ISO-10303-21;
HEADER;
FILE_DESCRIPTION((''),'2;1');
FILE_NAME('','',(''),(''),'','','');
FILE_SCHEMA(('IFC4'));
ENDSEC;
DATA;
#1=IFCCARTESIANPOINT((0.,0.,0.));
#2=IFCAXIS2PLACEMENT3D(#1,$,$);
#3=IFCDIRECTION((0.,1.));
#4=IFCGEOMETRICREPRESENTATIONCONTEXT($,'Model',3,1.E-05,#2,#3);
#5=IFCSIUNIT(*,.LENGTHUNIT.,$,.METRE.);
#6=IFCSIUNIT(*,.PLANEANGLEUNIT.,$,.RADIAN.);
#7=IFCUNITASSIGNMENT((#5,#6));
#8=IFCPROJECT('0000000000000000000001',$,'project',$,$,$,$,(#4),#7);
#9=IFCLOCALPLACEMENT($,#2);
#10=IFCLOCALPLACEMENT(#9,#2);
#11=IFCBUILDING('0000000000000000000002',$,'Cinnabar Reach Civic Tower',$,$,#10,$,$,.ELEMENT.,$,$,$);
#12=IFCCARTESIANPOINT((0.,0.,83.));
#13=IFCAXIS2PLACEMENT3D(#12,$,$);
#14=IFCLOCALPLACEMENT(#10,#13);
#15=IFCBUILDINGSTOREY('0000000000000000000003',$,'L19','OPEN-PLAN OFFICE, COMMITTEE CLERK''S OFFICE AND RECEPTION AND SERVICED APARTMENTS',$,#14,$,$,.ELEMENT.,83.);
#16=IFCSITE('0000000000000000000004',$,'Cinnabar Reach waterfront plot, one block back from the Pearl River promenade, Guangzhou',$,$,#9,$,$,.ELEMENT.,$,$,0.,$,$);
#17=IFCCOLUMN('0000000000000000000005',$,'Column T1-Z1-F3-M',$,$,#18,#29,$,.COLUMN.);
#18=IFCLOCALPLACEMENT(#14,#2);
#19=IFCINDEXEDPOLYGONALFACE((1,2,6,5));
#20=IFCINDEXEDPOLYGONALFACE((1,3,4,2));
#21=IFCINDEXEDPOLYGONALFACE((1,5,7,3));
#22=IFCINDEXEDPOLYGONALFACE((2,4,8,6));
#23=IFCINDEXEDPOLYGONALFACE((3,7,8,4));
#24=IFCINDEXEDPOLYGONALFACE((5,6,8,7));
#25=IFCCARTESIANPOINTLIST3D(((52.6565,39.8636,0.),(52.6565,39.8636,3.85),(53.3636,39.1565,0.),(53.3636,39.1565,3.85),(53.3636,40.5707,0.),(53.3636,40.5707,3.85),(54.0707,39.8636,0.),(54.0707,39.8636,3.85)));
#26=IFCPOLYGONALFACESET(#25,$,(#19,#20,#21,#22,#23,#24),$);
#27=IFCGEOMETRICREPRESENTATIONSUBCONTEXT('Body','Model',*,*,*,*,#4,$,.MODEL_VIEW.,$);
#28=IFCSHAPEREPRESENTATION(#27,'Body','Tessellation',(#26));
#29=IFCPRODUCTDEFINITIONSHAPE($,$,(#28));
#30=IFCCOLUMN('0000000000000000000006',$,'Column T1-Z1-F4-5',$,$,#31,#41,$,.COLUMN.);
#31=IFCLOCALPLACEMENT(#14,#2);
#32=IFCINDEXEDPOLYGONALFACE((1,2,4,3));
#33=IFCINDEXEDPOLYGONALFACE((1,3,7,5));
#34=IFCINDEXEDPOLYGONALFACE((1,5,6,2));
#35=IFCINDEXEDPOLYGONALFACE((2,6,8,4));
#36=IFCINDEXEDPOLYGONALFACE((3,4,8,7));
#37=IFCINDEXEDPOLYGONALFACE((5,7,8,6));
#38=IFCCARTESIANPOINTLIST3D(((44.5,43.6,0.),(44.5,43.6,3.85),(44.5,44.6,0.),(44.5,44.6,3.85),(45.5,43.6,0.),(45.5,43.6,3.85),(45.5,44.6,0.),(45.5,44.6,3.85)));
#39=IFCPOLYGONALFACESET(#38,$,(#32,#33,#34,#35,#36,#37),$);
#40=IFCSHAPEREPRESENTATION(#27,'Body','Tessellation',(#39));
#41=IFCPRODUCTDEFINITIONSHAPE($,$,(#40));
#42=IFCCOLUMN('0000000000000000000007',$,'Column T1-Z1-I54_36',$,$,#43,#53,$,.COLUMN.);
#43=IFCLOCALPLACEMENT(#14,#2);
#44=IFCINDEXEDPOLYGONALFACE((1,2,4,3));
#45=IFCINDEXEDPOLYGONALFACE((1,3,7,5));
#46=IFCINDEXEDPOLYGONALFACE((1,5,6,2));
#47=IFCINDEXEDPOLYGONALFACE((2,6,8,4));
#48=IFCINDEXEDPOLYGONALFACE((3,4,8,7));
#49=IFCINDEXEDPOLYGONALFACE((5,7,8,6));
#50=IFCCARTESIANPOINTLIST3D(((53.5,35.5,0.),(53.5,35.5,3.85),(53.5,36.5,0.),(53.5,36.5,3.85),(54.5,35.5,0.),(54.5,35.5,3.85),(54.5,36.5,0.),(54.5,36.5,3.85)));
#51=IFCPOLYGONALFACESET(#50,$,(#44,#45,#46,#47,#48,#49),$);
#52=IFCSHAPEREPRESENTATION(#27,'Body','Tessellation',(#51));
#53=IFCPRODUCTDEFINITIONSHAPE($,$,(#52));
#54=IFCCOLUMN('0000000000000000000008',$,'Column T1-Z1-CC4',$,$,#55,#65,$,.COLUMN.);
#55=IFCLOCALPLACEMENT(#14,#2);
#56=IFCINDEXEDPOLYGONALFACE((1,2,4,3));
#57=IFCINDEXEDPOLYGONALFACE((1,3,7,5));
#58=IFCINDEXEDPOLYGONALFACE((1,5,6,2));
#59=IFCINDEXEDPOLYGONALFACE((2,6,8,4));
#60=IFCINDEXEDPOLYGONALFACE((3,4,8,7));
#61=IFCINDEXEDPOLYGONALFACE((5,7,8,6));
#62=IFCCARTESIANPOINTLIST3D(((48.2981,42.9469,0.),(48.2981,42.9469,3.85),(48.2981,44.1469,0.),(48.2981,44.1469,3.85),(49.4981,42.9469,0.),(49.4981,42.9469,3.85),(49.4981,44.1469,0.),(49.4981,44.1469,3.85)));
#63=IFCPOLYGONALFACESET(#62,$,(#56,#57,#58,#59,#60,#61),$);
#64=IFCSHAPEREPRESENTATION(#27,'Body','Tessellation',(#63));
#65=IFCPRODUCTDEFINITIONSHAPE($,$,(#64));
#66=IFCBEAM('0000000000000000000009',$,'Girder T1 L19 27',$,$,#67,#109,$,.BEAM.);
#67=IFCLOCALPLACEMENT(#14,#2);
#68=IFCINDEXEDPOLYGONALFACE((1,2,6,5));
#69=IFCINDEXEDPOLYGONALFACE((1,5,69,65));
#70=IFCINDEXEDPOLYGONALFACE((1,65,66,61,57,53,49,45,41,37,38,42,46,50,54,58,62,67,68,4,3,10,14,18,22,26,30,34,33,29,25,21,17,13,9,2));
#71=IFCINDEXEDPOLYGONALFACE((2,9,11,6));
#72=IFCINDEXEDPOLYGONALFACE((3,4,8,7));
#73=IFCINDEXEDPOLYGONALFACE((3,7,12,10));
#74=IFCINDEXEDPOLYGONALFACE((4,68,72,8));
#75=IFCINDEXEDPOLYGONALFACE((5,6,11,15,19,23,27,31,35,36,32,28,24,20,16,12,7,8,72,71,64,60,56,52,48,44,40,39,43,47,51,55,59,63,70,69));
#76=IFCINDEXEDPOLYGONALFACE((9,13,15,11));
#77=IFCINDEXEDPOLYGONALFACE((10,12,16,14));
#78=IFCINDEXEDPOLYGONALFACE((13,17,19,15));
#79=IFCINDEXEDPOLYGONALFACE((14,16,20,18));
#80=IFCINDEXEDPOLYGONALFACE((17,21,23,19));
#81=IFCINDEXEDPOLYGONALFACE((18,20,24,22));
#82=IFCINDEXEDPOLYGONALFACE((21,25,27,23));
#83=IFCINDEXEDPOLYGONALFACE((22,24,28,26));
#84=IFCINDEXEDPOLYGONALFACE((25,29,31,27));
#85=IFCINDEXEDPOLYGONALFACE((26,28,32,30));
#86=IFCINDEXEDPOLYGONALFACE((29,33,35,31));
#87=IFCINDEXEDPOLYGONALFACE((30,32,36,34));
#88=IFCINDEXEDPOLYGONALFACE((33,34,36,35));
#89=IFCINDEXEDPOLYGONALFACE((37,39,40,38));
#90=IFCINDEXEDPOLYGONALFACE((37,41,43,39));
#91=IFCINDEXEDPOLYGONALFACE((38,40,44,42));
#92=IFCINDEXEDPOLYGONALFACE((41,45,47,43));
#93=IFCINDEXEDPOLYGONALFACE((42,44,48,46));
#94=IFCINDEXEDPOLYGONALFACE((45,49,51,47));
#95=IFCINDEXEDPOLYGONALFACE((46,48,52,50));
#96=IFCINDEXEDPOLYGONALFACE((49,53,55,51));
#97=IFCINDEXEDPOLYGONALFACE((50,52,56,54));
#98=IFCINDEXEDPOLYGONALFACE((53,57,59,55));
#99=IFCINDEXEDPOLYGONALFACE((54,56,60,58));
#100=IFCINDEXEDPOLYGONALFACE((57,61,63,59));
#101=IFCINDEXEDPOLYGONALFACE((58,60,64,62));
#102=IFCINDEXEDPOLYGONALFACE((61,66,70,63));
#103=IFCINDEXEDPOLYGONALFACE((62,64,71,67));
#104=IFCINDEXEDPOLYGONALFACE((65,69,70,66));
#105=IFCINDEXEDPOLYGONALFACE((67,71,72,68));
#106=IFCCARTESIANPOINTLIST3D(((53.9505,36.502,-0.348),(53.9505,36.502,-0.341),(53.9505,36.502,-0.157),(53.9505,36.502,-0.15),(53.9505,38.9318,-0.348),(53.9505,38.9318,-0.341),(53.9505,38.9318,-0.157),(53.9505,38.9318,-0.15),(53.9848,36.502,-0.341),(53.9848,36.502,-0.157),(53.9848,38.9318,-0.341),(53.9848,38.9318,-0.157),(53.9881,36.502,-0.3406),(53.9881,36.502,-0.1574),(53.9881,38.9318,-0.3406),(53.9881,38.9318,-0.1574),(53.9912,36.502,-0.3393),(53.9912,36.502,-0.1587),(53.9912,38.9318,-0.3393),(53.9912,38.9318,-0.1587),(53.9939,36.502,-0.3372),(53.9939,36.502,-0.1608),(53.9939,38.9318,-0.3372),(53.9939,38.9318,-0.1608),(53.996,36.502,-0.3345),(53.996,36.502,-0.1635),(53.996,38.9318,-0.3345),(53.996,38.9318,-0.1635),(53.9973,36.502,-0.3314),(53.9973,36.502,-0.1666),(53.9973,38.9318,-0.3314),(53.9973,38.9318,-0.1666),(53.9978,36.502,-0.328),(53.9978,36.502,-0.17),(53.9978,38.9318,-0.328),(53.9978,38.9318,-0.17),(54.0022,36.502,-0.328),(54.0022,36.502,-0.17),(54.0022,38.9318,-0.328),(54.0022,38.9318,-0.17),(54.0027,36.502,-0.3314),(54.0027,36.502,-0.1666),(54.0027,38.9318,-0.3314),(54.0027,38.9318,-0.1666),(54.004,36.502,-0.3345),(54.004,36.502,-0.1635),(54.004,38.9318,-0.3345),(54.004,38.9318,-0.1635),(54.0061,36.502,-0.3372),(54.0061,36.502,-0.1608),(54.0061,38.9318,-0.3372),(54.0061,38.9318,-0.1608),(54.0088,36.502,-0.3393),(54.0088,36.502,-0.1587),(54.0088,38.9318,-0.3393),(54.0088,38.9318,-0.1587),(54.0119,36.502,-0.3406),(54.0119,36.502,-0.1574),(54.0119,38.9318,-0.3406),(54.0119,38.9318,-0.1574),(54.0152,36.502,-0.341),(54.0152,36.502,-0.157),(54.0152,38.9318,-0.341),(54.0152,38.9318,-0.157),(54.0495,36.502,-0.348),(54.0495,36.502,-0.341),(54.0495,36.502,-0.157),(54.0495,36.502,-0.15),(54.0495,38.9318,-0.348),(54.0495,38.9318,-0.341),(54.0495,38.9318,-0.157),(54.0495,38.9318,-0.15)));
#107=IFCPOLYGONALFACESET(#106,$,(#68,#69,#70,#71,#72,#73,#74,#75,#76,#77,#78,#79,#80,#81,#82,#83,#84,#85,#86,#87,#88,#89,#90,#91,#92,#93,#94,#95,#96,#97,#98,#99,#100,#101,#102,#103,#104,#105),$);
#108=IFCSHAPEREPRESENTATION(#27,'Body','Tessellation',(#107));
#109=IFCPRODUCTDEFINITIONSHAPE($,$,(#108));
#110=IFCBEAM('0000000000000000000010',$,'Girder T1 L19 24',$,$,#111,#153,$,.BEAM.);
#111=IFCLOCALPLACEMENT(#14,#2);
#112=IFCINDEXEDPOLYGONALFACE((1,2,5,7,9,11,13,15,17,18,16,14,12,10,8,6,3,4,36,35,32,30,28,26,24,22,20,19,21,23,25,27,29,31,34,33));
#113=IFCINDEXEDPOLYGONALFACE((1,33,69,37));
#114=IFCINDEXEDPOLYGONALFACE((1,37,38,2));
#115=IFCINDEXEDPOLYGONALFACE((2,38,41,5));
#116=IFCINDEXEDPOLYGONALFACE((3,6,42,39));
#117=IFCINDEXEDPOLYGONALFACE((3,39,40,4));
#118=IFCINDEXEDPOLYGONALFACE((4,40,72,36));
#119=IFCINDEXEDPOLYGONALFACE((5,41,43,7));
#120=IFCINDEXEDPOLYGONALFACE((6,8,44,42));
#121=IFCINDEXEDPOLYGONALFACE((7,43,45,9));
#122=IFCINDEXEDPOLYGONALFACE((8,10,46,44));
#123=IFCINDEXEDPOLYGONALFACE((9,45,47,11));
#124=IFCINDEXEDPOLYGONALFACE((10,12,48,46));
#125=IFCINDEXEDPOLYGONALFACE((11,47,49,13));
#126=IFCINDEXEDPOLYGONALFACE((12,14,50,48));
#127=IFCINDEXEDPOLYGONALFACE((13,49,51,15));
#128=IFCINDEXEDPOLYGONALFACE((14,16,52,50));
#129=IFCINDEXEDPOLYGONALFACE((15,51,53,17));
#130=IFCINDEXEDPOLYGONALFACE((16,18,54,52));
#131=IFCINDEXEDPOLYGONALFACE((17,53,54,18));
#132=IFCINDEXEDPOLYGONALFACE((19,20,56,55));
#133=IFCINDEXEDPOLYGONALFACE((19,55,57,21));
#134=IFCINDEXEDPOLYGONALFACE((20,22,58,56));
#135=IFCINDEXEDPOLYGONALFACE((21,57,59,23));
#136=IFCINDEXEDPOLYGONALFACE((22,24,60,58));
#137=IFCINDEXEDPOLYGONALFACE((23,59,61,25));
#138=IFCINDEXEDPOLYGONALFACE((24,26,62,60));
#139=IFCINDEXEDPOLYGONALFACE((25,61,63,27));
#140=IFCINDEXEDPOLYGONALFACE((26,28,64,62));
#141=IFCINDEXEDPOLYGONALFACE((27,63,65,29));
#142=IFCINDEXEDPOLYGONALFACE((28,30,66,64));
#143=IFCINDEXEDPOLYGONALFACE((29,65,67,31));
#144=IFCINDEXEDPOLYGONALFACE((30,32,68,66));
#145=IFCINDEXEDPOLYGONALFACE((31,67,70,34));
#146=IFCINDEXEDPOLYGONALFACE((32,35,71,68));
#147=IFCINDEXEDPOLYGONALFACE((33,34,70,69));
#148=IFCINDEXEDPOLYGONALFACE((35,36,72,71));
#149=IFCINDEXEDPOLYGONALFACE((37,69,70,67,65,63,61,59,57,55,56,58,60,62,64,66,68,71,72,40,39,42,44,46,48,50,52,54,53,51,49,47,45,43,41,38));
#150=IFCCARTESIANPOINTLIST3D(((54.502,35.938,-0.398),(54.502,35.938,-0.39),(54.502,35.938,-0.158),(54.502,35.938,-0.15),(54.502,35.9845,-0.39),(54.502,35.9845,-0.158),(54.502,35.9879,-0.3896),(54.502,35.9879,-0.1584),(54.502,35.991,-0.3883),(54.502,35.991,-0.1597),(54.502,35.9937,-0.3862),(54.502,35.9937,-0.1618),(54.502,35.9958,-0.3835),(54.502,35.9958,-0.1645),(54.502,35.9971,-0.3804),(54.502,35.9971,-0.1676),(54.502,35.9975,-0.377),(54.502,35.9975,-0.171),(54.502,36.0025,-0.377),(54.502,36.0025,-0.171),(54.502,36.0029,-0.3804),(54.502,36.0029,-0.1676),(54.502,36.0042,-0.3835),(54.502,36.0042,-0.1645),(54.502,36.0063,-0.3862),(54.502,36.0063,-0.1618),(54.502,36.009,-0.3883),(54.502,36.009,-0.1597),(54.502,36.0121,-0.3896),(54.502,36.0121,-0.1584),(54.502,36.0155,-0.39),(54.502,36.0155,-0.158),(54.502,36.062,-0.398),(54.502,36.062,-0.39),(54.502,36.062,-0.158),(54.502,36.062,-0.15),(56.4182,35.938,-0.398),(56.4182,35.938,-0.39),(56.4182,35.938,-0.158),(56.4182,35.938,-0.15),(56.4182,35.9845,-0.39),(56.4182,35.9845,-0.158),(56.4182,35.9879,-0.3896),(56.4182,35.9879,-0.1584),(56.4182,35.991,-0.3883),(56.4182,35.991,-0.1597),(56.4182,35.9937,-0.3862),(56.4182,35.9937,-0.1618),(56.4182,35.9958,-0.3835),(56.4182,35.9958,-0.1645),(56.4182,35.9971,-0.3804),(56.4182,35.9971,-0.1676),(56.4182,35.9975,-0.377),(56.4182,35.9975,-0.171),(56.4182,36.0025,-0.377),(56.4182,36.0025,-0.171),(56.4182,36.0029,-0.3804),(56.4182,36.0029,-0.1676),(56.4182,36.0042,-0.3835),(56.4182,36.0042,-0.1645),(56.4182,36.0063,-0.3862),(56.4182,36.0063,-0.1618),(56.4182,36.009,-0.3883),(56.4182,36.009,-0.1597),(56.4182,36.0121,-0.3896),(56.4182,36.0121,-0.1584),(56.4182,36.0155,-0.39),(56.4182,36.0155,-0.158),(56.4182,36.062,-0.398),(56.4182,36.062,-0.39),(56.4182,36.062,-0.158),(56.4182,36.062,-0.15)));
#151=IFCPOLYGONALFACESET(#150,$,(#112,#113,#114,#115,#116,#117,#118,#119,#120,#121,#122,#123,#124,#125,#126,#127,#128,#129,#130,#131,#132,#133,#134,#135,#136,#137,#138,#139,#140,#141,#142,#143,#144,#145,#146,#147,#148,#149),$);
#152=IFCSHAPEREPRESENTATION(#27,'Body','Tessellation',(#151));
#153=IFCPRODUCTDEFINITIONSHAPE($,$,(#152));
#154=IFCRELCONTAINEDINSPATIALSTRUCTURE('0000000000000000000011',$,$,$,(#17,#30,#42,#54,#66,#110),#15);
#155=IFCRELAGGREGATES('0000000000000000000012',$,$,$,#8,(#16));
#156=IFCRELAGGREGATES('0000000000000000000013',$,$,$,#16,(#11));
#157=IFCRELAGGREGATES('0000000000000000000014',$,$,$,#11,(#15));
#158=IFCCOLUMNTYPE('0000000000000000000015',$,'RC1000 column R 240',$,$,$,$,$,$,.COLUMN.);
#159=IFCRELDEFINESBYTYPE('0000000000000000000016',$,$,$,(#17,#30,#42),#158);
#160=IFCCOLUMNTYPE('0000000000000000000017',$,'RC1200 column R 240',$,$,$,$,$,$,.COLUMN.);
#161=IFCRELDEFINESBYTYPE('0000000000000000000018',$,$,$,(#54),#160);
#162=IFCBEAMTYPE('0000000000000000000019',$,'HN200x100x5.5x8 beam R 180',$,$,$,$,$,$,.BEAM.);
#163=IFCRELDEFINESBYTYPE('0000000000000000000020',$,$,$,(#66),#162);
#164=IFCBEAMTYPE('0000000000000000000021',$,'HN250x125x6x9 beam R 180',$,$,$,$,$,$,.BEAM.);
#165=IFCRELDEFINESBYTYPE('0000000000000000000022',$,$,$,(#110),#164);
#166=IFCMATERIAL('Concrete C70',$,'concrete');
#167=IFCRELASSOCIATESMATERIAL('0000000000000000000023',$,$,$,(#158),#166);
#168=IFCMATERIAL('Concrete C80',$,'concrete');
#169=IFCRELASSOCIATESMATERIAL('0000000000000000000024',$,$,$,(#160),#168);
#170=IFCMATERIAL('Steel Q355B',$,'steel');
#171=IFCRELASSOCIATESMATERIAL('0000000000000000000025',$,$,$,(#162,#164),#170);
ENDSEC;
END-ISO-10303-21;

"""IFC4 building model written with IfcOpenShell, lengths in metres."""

from ifc_helpers import new_model, si_unit, direction, frame, origin, origin_2d, place, context, subcontext, project, spatial, rectangle, i_section, extrude, material, material_profile, profile_set, type_object, element, save


model = new_model("IFC4")

# Units and contexts
model_context = context("Model", 3, precision=1e-05, world=origin(), true_north=direction((0.0, 1.0)))
body_context = subcontext(model_context, "Body", "Model", "MODEL_VIEW")
ifc_project = project(units=[si_unit("LENGTHUNIT", "METRE"), si_unit("PLANEANGLEUNIT", "RADIAN")], contexts=[model_context])

# Site, building, storey
site_placement = place(None, origin())
site = spatial("IfcSite", under=ifc_project, at=site_placement, Name="Cinnabar Reach waterfront plot, one block back from the Pearl River promenade, Guangzhou", CompositionType="ELEMENT", RefElevation=0.0)
building_placement = place(site_placement, origin())
building = spatial("IfcBuilding", under=site, at=building_placement, Name="Cinnabar Reach Civic Tower", CompositionType="ELEMENT")
storey_placement = place(building_placement, frame((0.0, 0.0, 83.0)))
storey = spatial("IfcBuildingStorey", under=building, at=storey_placement, Name="L19", Description="OPEN-PLAN OFFICE, COMMITTEE CLERK'S OFFICE AND RECEPTION AND SERVICED APARTMENTS", CompositionType="ELEMENT", Elevation=83.0)

# Columns
ifc_material_1 = material(Name="Concrete C70", Category="concrete")
ifc_material_profile_1 = material_profile(ifc_material_1, rectangle(XDim=1.0, YDim=1.0, at=origin_2d()), Name="RC1000")
ifc_profile_set_1 = profile_set([ifc_material_profile_1], Name="Concrete C70")
column_type_1 = type_object("IfcColumnType", Name="RC1000 column R 240", PredefinedType="COLUMN", material=ifc_profile_set_1)
for number, where, z_axis, x_axis, name in (
    (1, (53.3636, 39.8636, 0.0), (0.0, 0.0, 1.0), (0.707107, 0.707107, 0.0), "Column T1-Z1-F3-M"),
    (2, (45.0, 44.1, 0.0), (0.0, 0.0, 1.0), (1.0, 0.0, 0.0), "Column T1-Z1-F4-5"),
    (3, (54.0, 36.0, 0.0), (0.0, 0.0, 1.0), (1.0, 0.0, 0.0), "Column T1-Z1-I54_36"),
):
    element("IfcColumn", number, at=place(storey_placement, frame(where, z_axis=z_axis, x_axis=x_axis)), inside=storey, type_object=column_type_1, Name=name, PredefinedType="COLUMN", context=body_context, shape_type="SweptSolid", body=[
        extrude(rectangle(XDim=1.0, YDim=1.0, at=origin_2d()), origin(), (0.0, 0.0, 1.0), 3.85),
    ])
ifc_material_2 = material(Name="Concrete C80", Category="concrete")
ifc_material_profile_2 = material_profile(ifc_material_2, rectangle(XDim=1.2, YDim=1.2, at=origin_2d()), Name="RC1200")
ifc_profile_set_2 = profile_set([ifc_material_profile_2], Name="Concrete C80")
column_type_2 = type_object("IfcColumnType", Name="RC1200 column R 240", PredefinedType="COLUMN", material=ifc_profile_set_2)
column_placement = place(storey_placement, frame((48.8981, 43.5469, 0.0), z_axis=(0.0, 0.0, 1.0), x_axis=(1.0, 0.0, 0.0)))
element("IfcColumn", 4, at=column_placement, inside=storey, type_object=column_type_2, Name="Column T1-Z1-CC4", PredefinedType="COLUMN", context=body_context, shape_type="SweptSolid", body=[
    extrude(rectangle(XDim=1.2, YDim=1.2, at=origin_2d()), origin(), (0.0, 0.0, 1.0), 3.85),
])

# Beams
ifc_material_3 = material(Name="Steel Q355B", Category="steel")
ifc_material_profile_3 = material_profile(ifc_material_3, i_section(OverallWidth=0.099, OverallDepth=0.198, WebThickness=0.0045, FlangeThickness=0.007, FilletRadius=0.013, at=origin_2d()), Name="HN200x100x5.5x8")
ifc_profile_set_3 = profile_set([ifc_material_profile_3], Name="Steel Q355B")
beam_type_1 = type_object("IfcBeamType", Name="HN200x100x5.5x8 beam R 180", PredefinedType="BEAM", material=ifc_profile_set_3)
beam_1_placement = place(storey_placement, frame((54.0, 36.502, -0.249), z_axis=(0.0, 1.0, 0.0), x_axis=(-1.0, 0.0, 0.0)))
element("IfcBeam", 5, at=beam_1_placement, inside=storey, type_object=beam_type_1, Name="Girder T1 L19 27", PredefinedType="BEAM", context=body_context, shape_type="SweptSolid", body=[
    extrude(i_section(OverallWidth=0.099, OverallDepth=0.198, WebThickness=0.0045, FlangeThickness=0.007, FilletRadius=0.013, at=origin_2d()), origin(), (0.0, 0.0, 1.0), 2.4298),
])
ifc_material_profile_4 = material_profile(ifc_material_3, i_section(OverallWidth=0.124, OverallDepth=0.248, WebThickness=0.005, FlangeThickness=0.008, FilletRadius=0.013, at=origin_2d()), Name="HN250x125x6x9")
ifc_profile_set_4 = profile_set([ifc_material_profile_4], Name="Steel Q355B")
beam_type_2 = type_object("IfcBeamType", Name="HN250x125x6x9 beam R 180", PredefinedType="BEAM", material=ifc_profile_set_4)
beam_2_placement = place(storey_placement, frame((54.502, 36.0, -0.274), z_axis=(1.0, 0.0, 0.0), x_axis=(0.0, 1.0, 0.0)))
element("IfcBeam", 6, at=beam_2_placement, inside=storey, type_object=beam_type_2, Name="Girder T1 L19 24", PredefinedType="BEAM", context=body_context, shape_type="SweptSolid", body=[
    extrude(i_section(OverallWidth=0.124, OverallDepth=0.248, WebThickness=0.005, FlangeThickness=0.008, FilletRadius=0.013, at=origin_2d()), origin(), (0.0, 0.0, 1.0), 1.9162),
])

save(model, "model.ifc")
